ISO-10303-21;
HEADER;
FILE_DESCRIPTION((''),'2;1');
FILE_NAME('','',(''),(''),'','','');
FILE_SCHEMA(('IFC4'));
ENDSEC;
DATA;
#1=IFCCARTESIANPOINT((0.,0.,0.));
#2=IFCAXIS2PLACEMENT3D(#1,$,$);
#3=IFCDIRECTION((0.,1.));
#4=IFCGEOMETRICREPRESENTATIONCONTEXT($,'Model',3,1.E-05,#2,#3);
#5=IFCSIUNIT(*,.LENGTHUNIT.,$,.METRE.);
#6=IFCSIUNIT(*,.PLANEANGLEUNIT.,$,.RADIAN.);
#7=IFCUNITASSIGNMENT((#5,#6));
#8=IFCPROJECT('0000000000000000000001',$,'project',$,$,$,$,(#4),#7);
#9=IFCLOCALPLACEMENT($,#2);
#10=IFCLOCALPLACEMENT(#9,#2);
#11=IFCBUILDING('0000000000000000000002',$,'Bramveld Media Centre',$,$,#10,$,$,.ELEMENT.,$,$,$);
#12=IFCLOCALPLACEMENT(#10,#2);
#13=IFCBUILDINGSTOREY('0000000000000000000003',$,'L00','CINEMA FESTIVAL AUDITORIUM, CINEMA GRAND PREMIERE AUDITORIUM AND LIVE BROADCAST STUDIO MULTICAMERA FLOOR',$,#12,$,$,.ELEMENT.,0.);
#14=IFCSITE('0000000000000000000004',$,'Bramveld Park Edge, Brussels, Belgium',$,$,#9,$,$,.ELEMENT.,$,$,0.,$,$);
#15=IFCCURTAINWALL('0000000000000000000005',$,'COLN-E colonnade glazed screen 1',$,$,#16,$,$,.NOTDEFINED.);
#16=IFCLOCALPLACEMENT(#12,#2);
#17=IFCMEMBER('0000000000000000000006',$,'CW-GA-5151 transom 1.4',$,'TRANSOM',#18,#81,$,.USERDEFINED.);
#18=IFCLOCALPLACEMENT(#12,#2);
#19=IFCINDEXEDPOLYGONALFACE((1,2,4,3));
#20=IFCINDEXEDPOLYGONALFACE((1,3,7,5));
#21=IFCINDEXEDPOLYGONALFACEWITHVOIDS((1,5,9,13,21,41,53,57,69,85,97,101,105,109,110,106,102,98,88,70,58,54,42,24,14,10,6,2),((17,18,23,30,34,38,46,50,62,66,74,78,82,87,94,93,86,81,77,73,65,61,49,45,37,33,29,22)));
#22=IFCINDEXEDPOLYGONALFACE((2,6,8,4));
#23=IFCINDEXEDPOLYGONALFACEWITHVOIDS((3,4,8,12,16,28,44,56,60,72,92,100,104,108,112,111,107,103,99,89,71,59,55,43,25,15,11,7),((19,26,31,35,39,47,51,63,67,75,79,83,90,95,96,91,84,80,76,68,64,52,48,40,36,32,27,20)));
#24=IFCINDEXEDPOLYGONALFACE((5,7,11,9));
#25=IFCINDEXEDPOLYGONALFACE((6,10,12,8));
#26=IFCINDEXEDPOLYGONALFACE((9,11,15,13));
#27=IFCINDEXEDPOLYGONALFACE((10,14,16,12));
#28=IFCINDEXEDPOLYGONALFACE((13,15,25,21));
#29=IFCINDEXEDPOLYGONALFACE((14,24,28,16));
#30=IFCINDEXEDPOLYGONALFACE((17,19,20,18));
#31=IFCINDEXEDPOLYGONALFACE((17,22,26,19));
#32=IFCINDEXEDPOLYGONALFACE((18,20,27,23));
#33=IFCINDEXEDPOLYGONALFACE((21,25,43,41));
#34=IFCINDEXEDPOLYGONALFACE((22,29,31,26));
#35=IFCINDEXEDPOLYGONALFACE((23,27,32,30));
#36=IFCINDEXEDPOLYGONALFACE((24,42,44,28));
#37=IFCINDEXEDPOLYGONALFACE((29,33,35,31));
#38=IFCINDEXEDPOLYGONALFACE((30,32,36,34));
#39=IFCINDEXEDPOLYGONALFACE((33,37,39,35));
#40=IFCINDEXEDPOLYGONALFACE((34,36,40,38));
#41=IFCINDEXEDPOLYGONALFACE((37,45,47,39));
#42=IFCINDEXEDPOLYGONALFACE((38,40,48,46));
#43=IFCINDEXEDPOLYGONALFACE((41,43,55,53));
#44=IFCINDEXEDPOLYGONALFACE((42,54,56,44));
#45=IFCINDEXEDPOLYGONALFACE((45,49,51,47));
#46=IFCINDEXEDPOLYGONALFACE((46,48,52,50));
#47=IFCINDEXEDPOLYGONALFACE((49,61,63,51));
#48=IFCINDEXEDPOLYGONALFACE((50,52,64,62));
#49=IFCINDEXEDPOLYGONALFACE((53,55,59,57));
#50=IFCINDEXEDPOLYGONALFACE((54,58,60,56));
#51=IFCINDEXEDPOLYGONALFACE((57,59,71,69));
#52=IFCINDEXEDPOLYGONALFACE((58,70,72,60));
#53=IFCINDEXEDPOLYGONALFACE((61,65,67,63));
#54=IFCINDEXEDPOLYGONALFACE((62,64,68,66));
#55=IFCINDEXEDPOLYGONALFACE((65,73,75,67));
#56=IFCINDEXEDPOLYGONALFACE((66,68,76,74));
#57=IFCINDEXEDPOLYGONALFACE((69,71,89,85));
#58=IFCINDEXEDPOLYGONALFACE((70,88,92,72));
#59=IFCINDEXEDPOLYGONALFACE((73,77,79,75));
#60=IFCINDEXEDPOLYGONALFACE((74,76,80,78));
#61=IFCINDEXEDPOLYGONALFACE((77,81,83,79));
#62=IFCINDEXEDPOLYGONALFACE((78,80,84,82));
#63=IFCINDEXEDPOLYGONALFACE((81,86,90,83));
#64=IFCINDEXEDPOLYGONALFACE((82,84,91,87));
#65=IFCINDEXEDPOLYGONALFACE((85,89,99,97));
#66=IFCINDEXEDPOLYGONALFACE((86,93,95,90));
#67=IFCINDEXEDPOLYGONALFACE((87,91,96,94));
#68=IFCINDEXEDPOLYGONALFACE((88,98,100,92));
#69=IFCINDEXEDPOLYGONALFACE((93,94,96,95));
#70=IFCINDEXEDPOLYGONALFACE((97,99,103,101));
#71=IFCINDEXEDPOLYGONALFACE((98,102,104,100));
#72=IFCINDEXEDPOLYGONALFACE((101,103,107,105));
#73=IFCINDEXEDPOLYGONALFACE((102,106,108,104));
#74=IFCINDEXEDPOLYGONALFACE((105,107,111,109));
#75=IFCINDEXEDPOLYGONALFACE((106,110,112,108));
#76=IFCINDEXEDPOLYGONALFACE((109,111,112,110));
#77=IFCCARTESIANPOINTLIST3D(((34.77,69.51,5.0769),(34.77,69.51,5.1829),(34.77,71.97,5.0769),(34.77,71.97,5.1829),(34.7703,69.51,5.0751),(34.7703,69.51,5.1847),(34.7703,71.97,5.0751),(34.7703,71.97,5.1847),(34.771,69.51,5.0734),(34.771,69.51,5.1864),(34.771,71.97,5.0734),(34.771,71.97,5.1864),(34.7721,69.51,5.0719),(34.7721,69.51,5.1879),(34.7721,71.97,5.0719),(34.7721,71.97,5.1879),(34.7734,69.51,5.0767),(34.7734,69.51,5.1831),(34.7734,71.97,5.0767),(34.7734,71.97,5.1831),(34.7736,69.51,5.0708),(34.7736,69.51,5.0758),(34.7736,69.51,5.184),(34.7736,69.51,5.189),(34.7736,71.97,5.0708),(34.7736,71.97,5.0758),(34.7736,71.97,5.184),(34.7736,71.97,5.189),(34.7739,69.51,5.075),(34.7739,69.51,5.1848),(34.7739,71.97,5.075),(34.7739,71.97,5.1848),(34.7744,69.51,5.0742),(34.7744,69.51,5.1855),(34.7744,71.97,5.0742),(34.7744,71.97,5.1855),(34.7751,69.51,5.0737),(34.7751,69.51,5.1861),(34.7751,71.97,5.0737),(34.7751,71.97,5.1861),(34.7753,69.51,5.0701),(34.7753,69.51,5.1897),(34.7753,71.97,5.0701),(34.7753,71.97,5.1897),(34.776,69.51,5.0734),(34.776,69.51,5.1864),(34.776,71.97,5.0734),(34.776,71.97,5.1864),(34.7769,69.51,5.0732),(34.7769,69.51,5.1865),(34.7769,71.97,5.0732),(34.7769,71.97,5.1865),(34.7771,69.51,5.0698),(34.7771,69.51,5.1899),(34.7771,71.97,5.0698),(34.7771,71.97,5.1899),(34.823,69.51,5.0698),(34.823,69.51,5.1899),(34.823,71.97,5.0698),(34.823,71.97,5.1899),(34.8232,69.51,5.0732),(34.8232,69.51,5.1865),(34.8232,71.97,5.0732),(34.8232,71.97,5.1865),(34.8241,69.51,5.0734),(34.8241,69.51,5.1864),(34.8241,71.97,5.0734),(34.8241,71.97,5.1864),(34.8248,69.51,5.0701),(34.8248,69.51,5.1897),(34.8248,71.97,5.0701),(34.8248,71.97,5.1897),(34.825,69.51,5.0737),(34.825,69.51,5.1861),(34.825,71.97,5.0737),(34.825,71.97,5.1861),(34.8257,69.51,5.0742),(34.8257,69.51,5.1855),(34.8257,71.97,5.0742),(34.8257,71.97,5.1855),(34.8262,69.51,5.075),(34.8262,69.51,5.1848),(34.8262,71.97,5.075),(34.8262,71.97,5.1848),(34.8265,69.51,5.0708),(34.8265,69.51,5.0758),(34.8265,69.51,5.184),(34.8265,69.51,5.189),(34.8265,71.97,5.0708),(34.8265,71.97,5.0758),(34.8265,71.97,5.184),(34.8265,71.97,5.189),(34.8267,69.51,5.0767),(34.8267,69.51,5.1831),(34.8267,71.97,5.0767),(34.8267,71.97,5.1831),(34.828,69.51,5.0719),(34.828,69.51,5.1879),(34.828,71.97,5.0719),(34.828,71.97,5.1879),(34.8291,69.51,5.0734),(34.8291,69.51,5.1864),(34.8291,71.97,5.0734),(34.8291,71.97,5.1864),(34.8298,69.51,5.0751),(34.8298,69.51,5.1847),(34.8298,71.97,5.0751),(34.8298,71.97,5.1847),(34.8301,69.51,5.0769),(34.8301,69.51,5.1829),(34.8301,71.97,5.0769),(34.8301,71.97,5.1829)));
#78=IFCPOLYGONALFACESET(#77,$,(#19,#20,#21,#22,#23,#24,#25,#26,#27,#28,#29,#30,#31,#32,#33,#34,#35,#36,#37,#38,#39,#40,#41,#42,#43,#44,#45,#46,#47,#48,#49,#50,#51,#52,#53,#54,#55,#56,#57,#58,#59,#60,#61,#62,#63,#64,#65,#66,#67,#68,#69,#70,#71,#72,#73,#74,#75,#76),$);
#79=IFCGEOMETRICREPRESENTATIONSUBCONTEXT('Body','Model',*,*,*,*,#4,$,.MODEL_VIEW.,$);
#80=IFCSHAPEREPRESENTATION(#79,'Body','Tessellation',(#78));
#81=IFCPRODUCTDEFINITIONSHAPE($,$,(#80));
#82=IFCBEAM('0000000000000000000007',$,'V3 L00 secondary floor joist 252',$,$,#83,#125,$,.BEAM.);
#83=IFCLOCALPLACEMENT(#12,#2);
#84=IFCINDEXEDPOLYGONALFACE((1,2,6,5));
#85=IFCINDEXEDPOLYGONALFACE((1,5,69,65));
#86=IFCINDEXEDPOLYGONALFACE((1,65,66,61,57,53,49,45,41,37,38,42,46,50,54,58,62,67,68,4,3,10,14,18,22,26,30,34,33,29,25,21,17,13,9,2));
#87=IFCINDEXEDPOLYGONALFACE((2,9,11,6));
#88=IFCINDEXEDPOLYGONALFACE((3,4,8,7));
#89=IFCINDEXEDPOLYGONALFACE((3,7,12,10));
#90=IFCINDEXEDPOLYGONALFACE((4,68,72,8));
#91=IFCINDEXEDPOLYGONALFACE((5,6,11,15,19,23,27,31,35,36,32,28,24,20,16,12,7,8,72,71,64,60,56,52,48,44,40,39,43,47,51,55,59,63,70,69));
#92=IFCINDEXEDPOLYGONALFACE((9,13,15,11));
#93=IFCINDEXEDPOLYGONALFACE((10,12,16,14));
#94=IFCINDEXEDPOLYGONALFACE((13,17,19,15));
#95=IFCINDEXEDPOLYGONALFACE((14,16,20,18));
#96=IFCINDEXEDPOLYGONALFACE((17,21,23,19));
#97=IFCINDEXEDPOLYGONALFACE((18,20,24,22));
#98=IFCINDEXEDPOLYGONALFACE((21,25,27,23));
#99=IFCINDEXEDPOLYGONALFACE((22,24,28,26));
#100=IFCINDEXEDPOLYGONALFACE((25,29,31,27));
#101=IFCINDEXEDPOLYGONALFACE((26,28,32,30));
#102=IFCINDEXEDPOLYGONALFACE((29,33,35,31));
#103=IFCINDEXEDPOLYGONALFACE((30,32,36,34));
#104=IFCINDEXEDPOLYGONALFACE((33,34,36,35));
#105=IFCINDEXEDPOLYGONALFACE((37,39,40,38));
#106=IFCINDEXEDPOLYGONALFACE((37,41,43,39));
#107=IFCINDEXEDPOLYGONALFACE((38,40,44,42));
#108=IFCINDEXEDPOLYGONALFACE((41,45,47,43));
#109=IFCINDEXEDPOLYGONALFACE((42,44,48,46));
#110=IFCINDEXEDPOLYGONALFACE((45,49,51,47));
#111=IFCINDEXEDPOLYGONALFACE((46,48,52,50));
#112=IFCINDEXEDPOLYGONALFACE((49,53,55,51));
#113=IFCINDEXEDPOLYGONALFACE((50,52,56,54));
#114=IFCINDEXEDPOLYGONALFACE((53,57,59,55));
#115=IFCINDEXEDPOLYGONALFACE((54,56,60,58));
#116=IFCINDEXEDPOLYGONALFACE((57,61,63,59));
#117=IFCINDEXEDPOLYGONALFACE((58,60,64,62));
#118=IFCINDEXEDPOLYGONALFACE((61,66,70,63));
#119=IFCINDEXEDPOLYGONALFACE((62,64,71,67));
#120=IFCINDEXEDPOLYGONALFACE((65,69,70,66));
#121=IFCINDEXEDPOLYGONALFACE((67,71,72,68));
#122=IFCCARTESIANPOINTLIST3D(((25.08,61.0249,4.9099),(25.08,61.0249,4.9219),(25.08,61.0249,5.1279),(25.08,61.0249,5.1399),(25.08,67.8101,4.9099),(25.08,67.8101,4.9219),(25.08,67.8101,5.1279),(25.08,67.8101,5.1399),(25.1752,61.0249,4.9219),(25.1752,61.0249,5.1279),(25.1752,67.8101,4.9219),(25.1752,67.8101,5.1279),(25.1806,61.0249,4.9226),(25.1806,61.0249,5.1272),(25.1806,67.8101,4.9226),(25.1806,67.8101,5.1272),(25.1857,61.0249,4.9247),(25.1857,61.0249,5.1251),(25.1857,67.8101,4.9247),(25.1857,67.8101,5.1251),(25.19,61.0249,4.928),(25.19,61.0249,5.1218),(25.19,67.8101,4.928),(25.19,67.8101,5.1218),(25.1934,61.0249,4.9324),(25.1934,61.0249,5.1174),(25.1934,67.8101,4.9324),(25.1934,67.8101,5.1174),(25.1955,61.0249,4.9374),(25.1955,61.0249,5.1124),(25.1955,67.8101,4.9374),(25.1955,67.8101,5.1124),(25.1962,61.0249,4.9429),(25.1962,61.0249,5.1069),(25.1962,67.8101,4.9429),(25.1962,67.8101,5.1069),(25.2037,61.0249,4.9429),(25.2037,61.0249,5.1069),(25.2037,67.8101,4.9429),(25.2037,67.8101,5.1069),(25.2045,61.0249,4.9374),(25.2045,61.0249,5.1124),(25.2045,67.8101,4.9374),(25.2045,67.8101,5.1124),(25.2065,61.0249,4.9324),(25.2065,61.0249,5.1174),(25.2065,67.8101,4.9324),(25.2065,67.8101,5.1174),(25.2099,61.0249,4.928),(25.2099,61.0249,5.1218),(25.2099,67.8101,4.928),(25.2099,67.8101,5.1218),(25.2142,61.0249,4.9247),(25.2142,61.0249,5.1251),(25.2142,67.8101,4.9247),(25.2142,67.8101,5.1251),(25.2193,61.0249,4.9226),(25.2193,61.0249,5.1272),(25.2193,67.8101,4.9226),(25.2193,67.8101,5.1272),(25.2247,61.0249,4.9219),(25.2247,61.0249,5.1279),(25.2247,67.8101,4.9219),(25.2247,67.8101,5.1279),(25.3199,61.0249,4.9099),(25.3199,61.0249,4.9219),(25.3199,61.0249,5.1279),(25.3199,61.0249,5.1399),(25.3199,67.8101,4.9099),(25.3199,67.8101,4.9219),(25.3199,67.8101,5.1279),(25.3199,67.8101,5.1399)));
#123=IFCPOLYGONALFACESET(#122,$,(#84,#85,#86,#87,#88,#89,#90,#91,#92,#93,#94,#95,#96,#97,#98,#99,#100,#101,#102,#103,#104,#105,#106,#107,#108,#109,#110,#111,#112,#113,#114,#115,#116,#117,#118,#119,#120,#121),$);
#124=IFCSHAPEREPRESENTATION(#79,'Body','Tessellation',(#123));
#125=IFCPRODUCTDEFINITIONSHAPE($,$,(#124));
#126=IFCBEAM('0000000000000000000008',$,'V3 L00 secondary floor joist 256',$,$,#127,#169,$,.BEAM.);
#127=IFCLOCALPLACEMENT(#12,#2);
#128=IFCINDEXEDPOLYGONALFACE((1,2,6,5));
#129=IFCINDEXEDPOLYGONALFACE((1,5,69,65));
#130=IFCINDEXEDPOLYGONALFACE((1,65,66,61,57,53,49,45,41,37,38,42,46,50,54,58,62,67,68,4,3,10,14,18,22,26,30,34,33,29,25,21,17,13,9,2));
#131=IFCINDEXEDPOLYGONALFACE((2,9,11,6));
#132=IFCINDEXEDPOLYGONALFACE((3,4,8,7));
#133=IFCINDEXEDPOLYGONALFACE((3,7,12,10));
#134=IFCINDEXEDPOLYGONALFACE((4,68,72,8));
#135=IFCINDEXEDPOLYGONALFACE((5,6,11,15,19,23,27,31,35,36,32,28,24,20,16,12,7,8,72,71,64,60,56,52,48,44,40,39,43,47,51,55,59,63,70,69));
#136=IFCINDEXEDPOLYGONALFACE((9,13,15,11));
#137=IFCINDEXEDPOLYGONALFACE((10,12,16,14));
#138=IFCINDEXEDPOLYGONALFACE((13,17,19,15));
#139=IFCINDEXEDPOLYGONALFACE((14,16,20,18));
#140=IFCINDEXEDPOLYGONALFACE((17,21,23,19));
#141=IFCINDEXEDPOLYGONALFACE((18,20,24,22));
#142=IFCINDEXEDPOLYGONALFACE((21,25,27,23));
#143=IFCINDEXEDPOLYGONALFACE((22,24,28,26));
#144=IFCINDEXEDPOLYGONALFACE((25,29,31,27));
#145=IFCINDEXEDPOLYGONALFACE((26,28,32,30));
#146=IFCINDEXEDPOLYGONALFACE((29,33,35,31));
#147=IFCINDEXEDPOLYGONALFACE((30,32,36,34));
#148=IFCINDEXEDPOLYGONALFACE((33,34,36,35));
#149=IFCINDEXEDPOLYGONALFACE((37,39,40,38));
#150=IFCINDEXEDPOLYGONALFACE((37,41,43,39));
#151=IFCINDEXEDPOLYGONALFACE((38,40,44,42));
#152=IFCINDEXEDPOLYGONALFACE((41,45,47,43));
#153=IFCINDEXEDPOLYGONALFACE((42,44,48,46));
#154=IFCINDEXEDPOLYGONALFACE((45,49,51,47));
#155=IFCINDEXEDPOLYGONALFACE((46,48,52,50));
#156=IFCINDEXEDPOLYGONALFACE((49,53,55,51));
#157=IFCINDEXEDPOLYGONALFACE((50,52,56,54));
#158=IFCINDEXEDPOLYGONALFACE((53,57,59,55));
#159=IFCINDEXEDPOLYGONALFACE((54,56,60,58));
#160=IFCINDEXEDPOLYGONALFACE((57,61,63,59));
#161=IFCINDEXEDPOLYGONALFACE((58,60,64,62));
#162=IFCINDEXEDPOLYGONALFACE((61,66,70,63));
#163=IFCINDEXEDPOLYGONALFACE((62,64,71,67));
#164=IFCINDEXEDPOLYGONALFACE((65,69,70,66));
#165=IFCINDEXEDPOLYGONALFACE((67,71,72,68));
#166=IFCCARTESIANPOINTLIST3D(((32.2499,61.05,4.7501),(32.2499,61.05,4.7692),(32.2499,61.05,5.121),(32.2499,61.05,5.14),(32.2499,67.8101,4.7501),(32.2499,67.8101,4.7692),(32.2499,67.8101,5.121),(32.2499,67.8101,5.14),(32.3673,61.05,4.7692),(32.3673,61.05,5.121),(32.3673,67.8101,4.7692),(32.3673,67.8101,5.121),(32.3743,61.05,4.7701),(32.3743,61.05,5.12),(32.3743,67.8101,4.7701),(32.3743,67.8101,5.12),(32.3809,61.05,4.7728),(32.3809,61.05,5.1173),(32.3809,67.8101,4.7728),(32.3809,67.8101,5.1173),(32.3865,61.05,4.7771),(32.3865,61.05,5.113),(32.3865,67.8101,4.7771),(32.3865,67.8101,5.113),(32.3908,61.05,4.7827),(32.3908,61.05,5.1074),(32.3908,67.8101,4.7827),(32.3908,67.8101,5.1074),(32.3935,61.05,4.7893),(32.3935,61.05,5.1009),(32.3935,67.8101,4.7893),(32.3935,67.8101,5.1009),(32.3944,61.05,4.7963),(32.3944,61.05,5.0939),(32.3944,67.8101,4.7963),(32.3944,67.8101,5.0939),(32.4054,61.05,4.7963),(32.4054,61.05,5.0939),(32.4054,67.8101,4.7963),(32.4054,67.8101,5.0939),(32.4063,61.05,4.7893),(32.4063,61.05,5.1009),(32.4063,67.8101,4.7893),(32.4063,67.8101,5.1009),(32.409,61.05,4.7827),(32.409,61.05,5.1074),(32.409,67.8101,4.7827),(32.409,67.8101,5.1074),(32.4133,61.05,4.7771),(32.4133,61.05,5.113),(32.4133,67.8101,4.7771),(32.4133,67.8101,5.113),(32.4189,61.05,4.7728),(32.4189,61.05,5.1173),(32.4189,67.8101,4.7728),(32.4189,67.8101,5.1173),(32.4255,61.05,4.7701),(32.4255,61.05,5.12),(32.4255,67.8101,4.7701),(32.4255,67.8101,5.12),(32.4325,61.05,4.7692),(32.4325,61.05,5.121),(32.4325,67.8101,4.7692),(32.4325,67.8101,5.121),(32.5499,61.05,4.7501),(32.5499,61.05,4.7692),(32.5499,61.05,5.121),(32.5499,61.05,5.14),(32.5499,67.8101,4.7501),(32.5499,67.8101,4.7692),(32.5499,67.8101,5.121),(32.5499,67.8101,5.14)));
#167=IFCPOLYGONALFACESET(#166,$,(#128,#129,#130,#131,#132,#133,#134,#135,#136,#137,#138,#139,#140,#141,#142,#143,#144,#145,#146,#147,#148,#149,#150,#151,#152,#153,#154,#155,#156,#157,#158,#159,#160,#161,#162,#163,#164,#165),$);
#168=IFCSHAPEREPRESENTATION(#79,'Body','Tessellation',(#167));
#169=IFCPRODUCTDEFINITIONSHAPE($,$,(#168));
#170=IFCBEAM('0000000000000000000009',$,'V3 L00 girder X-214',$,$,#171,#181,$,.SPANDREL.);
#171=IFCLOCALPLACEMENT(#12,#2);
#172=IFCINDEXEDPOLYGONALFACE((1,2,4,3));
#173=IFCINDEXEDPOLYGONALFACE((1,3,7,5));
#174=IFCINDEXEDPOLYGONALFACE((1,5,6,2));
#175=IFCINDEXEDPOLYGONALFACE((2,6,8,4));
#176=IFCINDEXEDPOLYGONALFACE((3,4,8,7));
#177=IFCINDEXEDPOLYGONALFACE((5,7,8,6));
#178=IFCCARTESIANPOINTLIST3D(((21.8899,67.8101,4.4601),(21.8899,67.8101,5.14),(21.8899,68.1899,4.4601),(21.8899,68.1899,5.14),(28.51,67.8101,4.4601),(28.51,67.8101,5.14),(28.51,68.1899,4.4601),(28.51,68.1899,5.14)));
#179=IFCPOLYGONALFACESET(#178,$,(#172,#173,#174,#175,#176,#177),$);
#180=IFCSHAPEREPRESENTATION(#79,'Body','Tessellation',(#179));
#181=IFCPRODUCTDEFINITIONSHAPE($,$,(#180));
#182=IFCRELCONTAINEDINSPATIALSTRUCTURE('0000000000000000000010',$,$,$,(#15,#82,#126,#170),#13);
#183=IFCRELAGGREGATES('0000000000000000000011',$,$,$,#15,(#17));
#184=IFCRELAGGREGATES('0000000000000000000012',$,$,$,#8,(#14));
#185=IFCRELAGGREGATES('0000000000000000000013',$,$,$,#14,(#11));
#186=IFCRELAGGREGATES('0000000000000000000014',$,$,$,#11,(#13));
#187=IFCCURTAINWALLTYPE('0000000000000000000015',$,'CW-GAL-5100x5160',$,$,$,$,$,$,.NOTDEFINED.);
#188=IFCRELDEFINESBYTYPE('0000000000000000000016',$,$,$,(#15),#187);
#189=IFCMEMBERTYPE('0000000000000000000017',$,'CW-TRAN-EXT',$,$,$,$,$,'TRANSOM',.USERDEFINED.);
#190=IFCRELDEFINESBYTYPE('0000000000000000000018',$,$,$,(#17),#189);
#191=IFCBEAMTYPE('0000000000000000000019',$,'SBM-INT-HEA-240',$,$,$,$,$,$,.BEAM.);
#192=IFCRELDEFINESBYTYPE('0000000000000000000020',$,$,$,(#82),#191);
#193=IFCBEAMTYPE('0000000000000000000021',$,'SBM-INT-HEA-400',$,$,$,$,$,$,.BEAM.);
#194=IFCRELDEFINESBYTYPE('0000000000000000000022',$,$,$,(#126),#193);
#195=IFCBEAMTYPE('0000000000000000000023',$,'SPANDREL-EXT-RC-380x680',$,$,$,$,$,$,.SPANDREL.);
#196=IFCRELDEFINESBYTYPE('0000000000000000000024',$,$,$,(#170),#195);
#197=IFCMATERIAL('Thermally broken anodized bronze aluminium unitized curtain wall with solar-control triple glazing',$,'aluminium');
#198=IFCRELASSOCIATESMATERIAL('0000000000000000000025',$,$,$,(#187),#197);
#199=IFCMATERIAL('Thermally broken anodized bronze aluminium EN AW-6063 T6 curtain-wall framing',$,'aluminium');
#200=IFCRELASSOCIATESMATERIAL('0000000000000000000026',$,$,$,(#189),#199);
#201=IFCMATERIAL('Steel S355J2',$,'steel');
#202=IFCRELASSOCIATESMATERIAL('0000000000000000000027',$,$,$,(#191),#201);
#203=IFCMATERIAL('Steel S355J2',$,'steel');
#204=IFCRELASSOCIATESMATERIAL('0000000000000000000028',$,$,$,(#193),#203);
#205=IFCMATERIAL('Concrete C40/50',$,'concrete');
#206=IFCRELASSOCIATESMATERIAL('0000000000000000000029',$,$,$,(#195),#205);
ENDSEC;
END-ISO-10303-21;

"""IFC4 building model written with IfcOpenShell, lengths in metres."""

from ifc_helpers import new_model, si_unit, direction, frame, origin, origin_2d, place, context, subcontext, project, spatial, rectangle, hollow_rectangle, i_section, extrude, material, material_profile, profile_set, type_object, element, aggregate, save


model = new_model("IFC4")

# Units and contexts
model_context = context("Model", 3, precision=1e-05, world=origin(), true_north=direction((0.0, 1.0)))
body_context = subcontext(model_context, "Body", "Model", "MODEL_VIEW")
ifc_project = project(units=[si_unit("LENGTHUNIT", "METRE"), si_unit("PLANEANGLEUNIT", "RADIAN")], contexts=[model_context])

# Site, building, storey
site_placement = place(None, origin())
site = spatial("IfcSite", under=ifc_project, at=site_placement, Name="Bramveld Park Edge, Brussels, Belgium", CompositionType="ELEMENT", RefElevation=0.0)
building_placement = place(site_placement, origin())
building = spatial("IfcBuilding", under=site, at=building_placement, Name="Bramveld Media Centre", CompositionType="ELEMENT")
storey_placement = place(building_placement, origin())
storey = spatial("IfcBuildingStorey", under=building, at=storey_placement, Name="L00", Description="CINEMA FESTIVAL AUDITORIUM, CINEMA GRAND PREMIERE AUDITORIUM AND LIVE BROADCAST STUDIO MULTICAMERA FLOOR", CompositionType="ELEMENT", Elevation=0.0)

# Curtain wall, member
ifc_material_1 = material(Name="Thermally broken anodized bronze aluminium unitized curtain wall with solar-control triple glazing", Category="aluminium")
curtain_wall_type = type_object("IfcCurtainWallType", Name="CW-GAL-5100x5160", PredefinedType="NOTDEFINED", material=ifc_material_1)
curtain_wall_placement = place(storey_placement, origin())
curtain_wall = element("IfcCurtainWall", 1, at=curtain_wall_placement, inside=storey, type_object=curtain_wall_type, Name="COLN-E colonnade glazed screen 1", PredefinedType="NOTDEFINED")
ifc_material_2 = material(Name="Thermally broken anodized bronze aluminium EN AW-6063 T6 curtain-wall framing", Category="aluminium")
ifc_material_profile_1 = material_profile(ifc_material_2, hollow_rectangle(XDim=0.0601, YDim=0.1201, WallThickness=0.0034, InnerFilletRadius=0.0034, OuterFilletRadius=0.0071, at=origin_2d()), Name="AL-TRAN 60x120")
ifc_profile_set_1 = profile_set([ifc_material_profile_1], Name="Thermally broken anodized bronze aluminium EN AW-6063 T6 curtain-wall framing")
member_type_1 = type_object("IfcMemberType", Name="CW-TRAN-EXT", ElementType="TRANSOM", PredefinedType="USERDEFINED", material=ifc_profile_set_1)
member_1_placement = place(storey_placement, frame((34.8, 69.51, 5.1299), z_axis=(0.0, 1.0, 0.0), x_axis=(-1.0, 0.0, 0.0)))
member_1 = element("IfcMember", 2, at=member_1_placement, type_object=member_type_1, Name="CW-GA-5151 transom 1.4", ObjectType="TRANSOM", PredefinedType="USERDEFINED", context=body_context, shape_type="SweptSolid", body=[
    extrude(hollow_rectangle(XDim=0.0601, YDim=0.1201, WallThickness=0.0034, InnerFilletRadius=0.0034, OuterFilletRadius=0.0071, at=origin_2d()), origin(), (0.0, 0.0, 1.0), 2.46),
])
aggregate(curtain_wall, [member_1])

# Beams
ifc_material_3 = material(Name="Steel S355J2", Category="steel")
ifc_material_profile_2 = material_profile(ifc_material_3, i_section(OverallWidth=0.24, OverallDepth=0.23, WebThickness=0.0076, FlangeThickness=0.012, FilletRadius=0.021, at=origin_2d()), Name="HEA 240")
ifc_profile_set_2 = profile_set([ifc_material_profile_2], Name="Steel S355J2")
beam_type_1 = type_object("IfcBeamType", Name="SBM-INT-HEA-240", PredefinedType="BEAM", material=ifc_profile_set_2)
beam_1_placement = place(storey_placement, frame((25.2, 61.0249, 5.0249), z_axis=(0.0, 1.0, 0.0), x_axis=(-1.0, 0.0, 0.0)))
element("IfcBeam", 3, at=beam_1_placement, inside=storey, type_object=beam_type_1, Name="V3 L00 secondary floor joist 252", PredefinedType="BEAM", context=body_context, shape_type="SweptSolid", body=[
    extrude(i_section(OverallWidth=0.24, OverallDepth=0.23, WebThickness=0.0076, FlangeThickness=0.012, FilletRadius=0.021, at=origin_2d()), origin(), (0.0, 0.0, 1.0), 6.7852),
])
ifc_material_4 = material(Name="Steel S355J2", Category="steel")
ifc_material_profile_3 = material_profile(ifc_material_4, i_section(OverallWidth=0.3, OverallDepth=0.3899, WebThickness=0.011, FlangeThickness=0.019, FilletRadius=0.0271, at=origin_2d()), Name="HEA 400")
ifc_profile_set_3 = profile_set([ifc_material_profile_3], Name="Steel S355J2")
beam_type_2 = type_object("IfcBeamType", Name="SBM-INT-HEA-400", PredefinedType="BEAM", material=ifc_profile_set_3)
beam_2_placement = place(storey_placement, frame((32.3999, 61.05, 4.9451), z_axis=(0.0, 1.0, 0.0), x_axis=(-1.0, 0.0, 0.0)))
element("IfcBeam", 4, at=beam_2_placement, inside=storey, type_object=beam_type_2, Name="V3 L00 secondary floor joist 256", PredefinedType="BEAM", context=body_context, shape_type="SweptSolid", body=[
    extrude(i_section(OverallWidth=0.3, OverallDepth=0.3899, WebThickness=0.011, FlangeThickness=0.019, FilletRadius=0.0271, at=origin_2d()), origin(), (0.0, 0.0, 1.0), 6.76),
])
ifc_material_5 = material(Name="Concrete C40/50", Category="concrete")
ifc_material_profile_4 = material_profile(ifc_material_5, rectangle(XDim=0.3799, YDim=0.6799, at=origin_2d()), Name="RC 380x680")
ifc_profile_set_4 = profile_set([ifc_material_profile_4], Name="Concrete C40/50")
beam_type_3 = type_object("IfcBeamType", Name="SPANDREL-EXT-RC-380x680", PredefinedType="SPANDREL", material=ifc_profile_set_4)
beam_3_placement = place(storey_placement, frame((21.8899, 68.0, 4.8), z_axis=(1.0, 0.0, 0.0), x_axis=(0.0, 1.0, 0.0)))
element("IfcBeam", 5, at=beam_3_placement, inside=storey, type_object=beam_type_3, Name="V3 L00 girder X-214", PredefinedType="SPANDREL", context=body_context, shape_type="SweptSolid", body=[
    extrude(rectangle(XDim=0.3799, YDim=0.6799, at=origin_2d()), origin(), (0.0, 0.0, 1.0), 6.6201),
])

save(model, "model.ifc")
